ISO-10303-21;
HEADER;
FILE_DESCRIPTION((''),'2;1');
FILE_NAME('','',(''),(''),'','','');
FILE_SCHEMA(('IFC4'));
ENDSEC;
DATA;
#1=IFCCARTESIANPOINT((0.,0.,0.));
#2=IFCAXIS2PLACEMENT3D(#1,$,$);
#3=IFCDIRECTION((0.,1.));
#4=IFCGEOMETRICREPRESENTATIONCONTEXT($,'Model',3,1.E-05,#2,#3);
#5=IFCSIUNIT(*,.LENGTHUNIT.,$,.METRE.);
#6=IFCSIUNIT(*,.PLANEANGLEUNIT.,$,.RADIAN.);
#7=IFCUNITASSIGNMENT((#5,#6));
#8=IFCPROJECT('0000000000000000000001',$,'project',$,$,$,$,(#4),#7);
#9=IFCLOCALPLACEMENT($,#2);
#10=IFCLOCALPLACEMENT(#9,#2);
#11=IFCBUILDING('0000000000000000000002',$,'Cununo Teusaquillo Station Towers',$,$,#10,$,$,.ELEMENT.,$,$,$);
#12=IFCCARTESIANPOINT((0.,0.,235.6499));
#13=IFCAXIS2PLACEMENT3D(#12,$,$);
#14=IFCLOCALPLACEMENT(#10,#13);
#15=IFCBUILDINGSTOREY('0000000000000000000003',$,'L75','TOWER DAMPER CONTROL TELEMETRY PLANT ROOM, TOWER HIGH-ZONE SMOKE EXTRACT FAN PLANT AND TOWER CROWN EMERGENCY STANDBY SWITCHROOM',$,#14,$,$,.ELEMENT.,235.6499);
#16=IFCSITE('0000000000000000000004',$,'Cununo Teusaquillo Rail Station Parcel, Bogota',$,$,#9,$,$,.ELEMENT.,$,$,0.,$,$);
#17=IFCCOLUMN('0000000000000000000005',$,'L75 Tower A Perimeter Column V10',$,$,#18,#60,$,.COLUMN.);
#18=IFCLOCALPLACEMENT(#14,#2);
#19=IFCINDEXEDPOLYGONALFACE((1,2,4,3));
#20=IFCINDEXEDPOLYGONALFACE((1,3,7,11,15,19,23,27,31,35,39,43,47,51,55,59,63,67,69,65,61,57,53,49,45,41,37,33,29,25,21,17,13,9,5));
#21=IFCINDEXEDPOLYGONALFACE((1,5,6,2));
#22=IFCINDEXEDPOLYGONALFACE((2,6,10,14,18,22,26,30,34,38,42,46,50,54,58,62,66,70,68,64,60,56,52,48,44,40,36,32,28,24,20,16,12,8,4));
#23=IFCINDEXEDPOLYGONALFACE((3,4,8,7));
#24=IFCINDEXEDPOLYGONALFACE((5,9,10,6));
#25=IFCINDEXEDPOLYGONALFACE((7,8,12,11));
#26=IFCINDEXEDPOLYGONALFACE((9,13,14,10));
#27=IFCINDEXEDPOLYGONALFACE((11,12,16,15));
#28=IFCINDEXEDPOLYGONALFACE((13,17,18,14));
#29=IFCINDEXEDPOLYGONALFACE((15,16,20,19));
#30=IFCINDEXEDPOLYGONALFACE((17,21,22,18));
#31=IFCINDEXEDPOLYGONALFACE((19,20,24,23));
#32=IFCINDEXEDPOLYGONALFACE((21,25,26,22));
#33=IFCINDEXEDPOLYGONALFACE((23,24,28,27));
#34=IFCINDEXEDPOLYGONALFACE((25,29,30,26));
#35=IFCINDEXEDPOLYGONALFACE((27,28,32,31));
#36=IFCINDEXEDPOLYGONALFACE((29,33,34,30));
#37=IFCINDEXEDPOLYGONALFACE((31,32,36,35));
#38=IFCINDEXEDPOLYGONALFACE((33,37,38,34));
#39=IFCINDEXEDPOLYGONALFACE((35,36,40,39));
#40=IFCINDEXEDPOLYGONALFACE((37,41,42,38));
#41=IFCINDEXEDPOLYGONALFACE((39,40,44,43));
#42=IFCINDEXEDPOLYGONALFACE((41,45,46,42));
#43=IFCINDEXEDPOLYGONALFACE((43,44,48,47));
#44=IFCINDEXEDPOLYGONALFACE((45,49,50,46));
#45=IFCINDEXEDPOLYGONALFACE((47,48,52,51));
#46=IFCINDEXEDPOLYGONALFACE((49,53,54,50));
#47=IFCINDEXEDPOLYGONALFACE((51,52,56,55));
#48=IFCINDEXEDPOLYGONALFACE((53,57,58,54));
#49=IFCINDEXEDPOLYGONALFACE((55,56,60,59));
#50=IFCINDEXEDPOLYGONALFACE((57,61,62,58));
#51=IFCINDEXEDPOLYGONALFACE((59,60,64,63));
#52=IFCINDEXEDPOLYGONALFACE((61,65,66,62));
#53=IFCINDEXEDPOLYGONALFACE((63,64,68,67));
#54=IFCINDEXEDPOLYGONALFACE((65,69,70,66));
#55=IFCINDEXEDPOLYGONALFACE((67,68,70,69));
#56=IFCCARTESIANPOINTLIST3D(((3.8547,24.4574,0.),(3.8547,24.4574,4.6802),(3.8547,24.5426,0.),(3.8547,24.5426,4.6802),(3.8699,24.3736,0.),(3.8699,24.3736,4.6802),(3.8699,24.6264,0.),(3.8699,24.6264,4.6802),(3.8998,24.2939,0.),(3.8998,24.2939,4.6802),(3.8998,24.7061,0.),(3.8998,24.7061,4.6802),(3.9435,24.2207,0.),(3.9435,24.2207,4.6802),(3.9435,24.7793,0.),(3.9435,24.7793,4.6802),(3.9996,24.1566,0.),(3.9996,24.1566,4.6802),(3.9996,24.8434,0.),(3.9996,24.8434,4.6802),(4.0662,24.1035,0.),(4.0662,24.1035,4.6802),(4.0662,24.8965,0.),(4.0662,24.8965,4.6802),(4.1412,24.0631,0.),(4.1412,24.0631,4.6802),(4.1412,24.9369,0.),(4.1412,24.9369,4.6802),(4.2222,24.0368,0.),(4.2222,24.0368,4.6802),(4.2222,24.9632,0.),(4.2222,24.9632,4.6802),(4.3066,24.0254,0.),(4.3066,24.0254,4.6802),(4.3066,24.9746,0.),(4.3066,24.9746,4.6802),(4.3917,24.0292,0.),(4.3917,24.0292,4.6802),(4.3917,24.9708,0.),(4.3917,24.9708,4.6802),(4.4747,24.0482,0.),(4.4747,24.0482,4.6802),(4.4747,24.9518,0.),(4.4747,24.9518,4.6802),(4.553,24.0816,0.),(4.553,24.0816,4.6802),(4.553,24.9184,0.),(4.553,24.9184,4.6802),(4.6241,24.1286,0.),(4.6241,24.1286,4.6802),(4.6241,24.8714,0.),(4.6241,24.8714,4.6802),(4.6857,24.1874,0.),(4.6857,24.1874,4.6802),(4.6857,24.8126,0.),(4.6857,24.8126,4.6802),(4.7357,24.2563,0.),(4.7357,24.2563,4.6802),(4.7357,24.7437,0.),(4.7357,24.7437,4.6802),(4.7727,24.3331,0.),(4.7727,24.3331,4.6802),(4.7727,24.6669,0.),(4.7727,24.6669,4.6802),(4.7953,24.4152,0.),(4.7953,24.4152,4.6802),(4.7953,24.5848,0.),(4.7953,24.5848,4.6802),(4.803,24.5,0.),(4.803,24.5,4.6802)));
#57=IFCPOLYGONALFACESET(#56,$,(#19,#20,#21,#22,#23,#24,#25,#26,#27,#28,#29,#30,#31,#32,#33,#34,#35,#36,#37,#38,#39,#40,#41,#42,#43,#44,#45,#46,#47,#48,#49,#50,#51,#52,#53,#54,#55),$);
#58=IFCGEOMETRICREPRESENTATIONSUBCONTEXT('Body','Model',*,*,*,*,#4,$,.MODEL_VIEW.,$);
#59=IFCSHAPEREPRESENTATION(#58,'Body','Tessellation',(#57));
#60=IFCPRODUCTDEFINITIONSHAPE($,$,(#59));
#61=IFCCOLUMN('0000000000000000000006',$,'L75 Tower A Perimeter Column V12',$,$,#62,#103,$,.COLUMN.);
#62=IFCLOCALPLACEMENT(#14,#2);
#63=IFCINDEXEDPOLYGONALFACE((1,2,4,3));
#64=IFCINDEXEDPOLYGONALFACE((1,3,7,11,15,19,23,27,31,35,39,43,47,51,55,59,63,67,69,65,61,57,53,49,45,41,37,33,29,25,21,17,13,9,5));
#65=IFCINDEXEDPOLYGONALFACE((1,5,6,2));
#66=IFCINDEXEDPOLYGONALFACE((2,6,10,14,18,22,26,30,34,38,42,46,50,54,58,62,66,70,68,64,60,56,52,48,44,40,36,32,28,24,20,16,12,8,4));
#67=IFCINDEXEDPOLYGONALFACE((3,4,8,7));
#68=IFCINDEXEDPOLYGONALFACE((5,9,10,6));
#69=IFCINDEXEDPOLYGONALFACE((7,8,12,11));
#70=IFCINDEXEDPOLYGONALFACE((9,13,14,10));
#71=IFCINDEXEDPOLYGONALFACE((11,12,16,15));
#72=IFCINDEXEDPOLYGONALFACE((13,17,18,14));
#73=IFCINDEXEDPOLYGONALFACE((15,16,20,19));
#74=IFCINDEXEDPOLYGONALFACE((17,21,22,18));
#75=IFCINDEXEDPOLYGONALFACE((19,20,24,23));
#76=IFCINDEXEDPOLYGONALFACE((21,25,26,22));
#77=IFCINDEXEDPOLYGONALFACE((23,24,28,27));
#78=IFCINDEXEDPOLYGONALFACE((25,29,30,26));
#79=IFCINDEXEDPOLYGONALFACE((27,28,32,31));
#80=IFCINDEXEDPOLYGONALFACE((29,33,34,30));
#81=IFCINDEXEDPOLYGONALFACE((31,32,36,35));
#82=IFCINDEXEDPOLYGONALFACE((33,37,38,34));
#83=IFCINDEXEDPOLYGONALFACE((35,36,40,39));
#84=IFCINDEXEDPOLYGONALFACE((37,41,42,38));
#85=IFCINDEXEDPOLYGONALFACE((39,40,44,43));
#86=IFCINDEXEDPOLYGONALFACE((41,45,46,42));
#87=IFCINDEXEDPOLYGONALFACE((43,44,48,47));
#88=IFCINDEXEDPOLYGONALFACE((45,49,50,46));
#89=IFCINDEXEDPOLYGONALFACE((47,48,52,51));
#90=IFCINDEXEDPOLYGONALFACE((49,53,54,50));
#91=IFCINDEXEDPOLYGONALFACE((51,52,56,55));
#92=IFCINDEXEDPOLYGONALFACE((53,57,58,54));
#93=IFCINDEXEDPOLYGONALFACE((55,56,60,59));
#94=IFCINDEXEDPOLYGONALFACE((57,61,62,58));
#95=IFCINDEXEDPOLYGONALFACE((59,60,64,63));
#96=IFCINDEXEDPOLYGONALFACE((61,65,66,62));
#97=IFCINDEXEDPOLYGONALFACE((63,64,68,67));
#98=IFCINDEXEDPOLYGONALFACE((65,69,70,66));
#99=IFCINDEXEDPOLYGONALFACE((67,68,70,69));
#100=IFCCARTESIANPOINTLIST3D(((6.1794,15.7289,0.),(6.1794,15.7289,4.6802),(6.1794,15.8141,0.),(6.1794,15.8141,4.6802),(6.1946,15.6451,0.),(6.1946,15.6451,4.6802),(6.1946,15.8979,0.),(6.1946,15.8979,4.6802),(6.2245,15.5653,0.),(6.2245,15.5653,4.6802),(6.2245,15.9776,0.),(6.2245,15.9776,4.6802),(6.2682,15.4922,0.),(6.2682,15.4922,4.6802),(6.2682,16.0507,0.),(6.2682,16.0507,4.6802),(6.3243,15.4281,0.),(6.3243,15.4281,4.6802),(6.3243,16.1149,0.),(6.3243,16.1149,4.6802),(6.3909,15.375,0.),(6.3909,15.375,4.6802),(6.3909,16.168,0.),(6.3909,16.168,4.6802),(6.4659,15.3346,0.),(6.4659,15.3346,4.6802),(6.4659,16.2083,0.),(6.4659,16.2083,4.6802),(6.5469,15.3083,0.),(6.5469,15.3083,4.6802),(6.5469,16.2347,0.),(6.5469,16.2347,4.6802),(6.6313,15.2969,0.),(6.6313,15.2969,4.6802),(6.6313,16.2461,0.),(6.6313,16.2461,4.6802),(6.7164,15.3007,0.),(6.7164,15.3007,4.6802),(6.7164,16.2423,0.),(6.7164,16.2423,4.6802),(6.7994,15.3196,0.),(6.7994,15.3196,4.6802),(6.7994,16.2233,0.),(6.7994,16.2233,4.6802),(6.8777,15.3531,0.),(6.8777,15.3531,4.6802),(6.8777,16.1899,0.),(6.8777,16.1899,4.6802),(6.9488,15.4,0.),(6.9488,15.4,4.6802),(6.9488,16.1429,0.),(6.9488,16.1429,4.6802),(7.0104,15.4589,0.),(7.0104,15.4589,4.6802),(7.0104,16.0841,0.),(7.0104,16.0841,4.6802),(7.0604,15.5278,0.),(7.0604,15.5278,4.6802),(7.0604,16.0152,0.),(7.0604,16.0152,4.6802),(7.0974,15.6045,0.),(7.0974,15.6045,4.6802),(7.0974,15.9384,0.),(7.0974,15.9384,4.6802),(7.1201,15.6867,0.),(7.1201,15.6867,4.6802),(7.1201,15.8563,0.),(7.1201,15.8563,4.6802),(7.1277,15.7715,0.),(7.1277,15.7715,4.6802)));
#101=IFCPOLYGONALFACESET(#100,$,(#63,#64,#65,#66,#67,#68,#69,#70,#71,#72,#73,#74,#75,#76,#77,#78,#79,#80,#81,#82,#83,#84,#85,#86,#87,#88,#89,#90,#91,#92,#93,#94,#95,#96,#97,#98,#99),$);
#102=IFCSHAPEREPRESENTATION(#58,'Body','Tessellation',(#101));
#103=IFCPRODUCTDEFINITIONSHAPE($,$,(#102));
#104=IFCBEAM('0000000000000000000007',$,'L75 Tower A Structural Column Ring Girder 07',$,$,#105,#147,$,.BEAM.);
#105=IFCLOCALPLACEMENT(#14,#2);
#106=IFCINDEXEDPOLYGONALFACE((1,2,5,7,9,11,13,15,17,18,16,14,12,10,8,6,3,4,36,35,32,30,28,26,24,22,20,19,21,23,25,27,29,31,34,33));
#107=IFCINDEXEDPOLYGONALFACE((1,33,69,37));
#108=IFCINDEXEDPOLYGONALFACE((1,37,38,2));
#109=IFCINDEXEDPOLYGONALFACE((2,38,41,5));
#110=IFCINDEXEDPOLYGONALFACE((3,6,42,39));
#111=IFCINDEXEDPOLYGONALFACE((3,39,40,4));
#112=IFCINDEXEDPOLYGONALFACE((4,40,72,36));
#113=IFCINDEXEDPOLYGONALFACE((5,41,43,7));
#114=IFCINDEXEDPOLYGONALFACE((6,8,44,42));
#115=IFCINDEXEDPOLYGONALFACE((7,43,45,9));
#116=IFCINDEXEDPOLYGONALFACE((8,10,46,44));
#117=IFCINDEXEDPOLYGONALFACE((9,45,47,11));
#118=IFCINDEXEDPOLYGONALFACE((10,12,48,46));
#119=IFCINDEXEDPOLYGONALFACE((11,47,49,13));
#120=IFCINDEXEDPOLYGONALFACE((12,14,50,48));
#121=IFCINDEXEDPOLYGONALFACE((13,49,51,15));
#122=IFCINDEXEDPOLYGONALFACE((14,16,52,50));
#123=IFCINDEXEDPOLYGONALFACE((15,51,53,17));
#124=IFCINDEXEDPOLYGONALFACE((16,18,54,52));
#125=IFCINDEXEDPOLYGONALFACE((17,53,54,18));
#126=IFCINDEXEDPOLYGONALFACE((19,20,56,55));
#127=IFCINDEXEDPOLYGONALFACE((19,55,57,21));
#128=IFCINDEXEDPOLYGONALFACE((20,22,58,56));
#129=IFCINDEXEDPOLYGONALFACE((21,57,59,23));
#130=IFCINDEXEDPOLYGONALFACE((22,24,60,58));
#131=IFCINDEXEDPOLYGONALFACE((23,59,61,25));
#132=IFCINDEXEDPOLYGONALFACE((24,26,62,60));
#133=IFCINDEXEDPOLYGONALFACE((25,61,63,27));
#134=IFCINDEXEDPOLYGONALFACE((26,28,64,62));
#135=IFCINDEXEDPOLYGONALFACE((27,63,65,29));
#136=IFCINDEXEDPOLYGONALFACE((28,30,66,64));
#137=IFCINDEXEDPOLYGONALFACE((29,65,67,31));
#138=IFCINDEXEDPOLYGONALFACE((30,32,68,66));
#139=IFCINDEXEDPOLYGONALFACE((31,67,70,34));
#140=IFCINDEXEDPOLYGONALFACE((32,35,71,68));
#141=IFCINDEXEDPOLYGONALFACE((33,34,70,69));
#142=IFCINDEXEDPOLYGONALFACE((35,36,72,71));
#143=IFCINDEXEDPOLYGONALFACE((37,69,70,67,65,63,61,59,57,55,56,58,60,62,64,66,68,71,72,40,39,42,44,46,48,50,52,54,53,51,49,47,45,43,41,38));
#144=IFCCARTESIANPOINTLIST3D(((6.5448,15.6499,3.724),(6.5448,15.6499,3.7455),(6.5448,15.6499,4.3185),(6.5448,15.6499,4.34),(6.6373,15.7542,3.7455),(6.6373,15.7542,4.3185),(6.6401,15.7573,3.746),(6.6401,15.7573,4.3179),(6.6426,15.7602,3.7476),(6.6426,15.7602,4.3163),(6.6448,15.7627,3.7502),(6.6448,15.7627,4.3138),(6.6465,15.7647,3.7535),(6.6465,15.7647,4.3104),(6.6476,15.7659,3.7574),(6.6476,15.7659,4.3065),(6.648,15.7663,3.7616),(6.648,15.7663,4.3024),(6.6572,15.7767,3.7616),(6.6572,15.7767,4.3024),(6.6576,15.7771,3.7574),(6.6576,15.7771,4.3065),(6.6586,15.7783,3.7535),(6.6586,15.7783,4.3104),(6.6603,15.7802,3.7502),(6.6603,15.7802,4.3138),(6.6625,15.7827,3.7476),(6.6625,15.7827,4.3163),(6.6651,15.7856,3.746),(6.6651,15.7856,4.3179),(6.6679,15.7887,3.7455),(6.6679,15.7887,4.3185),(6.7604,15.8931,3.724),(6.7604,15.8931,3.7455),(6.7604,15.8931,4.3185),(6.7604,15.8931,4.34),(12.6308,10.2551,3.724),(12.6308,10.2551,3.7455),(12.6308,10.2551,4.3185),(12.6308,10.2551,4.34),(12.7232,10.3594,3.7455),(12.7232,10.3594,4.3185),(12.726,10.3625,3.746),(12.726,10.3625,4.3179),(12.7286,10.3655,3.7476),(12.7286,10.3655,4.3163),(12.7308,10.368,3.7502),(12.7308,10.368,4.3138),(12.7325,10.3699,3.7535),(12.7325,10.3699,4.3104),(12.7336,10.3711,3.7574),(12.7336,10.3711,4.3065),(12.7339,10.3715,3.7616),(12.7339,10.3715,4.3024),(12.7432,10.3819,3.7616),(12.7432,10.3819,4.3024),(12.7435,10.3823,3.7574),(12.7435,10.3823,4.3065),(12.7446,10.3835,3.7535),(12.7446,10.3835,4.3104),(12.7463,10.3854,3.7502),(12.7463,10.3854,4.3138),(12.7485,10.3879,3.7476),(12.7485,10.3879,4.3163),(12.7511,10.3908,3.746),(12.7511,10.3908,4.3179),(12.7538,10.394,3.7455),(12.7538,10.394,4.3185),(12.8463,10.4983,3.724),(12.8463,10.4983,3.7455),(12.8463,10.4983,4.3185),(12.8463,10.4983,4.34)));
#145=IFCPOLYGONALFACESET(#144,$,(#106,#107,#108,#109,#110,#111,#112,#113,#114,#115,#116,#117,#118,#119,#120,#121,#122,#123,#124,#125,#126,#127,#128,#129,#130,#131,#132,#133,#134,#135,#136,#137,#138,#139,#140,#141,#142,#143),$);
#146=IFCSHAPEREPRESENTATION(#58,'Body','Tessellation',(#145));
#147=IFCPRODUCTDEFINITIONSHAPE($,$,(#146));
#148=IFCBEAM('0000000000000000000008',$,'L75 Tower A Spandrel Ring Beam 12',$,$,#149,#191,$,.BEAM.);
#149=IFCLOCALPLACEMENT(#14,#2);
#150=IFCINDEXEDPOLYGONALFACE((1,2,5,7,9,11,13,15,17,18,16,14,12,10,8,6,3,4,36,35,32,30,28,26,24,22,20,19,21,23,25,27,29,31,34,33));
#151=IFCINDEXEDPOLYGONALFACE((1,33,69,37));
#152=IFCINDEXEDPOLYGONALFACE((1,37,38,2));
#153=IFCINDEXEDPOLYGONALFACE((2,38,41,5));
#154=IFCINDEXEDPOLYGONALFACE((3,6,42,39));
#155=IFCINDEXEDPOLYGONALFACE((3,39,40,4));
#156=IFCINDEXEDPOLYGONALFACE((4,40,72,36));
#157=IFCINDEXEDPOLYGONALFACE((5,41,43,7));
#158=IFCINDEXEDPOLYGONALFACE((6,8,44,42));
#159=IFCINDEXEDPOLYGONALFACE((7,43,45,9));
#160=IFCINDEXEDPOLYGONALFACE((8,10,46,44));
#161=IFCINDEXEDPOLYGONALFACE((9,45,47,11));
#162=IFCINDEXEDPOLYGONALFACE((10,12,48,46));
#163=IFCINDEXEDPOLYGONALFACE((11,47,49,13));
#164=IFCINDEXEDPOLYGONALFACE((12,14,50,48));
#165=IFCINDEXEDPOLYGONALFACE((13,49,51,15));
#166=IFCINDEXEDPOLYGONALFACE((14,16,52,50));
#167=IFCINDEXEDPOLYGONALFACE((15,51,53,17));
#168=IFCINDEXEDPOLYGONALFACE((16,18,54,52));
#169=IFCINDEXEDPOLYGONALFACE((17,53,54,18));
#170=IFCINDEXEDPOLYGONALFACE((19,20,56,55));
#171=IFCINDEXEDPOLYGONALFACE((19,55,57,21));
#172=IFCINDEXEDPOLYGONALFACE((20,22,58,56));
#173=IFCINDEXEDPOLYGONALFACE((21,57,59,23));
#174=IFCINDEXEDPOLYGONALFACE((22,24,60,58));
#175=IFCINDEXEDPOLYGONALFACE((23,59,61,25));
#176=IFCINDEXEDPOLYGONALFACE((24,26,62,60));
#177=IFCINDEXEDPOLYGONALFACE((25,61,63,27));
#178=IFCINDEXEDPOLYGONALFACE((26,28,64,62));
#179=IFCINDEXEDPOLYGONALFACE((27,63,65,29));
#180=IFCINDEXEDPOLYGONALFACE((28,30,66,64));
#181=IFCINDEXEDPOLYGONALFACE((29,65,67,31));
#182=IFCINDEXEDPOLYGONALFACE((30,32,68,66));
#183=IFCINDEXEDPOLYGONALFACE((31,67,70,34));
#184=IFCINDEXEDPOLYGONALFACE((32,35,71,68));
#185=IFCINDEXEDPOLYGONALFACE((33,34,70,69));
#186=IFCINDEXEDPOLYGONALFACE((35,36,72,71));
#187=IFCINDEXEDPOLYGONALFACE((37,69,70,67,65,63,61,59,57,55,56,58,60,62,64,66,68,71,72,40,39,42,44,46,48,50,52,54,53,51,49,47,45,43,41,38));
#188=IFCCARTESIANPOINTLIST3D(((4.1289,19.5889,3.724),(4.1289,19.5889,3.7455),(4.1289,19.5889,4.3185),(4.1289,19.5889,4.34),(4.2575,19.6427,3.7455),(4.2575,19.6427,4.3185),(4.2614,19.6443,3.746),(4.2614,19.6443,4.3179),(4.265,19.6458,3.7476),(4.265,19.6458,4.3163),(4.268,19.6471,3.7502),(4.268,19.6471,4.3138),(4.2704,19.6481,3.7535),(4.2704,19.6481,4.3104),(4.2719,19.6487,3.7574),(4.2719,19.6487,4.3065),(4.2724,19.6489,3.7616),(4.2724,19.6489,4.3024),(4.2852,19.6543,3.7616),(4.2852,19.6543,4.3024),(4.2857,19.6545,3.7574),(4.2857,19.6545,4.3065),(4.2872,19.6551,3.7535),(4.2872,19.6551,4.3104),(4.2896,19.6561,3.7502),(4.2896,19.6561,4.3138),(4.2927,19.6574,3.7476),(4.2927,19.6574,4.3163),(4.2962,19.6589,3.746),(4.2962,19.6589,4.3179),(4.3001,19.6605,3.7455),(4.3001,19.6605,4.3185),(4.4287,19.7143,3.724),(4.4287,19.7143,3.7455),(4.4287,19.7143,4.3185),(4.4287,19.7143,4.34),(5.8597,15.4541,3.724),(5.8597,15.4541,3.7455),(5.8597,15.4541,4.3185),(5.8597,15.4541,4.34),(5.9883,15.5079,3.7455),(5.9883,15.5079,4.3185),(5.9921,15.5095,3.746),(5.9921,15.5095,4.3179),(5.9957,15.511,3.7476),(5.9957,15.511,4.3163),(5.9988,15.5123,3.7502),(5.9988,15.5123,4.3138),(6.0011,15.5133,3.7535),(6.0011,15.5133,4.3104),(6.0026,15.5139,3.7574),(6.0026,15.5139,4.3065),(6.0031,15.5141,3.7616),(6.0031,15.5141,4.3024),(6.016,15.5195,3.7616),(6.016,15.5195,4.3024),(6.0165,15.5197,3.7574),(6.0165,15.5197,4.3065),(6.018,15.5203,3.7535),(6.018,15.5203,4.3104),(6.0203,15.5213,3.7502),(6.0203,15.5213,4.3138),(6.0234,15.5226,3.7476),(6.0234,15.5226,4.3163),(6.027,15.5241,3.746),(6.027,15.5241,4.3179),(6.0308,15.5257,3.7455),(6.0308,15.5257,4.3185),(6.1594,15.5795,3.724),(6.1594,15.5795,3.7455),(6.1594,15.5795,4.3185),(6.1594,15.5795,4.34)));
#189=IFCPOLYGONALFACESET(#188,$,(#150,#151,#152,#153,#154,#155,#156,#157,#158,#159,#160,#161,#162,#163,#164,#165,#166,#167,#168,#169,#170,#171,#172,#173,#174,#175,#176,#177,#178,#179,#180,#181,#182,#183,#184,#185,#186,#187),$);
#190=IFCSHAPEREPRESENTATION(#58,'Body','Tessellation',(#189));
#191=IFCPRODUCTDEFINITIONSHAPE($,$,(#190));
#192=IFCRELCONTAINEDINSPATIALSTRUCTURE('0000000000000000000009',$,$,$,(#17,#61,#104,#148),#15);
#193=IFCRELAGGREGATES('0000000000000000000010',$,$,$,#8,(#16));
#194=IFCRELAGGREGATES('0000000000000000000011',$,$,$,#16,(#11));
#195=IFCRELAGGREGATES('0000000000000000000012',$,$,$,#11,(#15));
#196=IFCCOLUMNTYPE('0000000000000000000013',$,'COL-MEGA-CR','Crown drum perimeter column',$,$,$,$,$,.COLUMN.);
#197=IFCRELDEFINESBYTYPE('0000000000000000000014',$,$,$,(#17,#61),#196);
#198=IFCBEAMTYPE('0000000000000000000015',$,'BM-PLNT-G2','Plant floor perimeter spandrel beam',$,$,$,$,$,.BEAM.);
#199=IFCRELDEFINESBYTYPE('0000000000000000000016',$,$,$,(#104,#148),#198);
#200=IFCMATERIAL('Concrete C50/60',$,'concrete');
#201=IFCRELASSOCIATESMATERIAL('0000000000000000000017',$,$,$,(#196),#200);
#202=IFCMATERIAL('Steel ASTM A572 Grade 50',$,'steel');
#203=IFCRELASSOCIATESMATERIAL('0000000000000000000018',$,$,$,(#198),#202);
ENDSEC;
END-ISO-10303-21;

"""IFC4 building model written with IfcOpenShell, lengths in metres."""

from ifc_helpers import new_model, si_unit, direction, frame, origin, origin_2d, place, context, subcontext, project, spatial, circle, i_section, extrude, material, material_profile, profile_set, type_object, element, save


model = new_model("IFC4")

# Units and contexts
model_context = context("Model", 3, precision=1e-05, world=origin(), true_north=direction((0.0, 1.0)))
body_context = subcontext(model_context, "Body", "Model", "MODEL_VIEW")
ifc_project = project(units=[si_unit("LENGTHUNIT", "METRE"), si_unit("PLANEANGLEUNIT", "RADIAN")], contexts=[model_context])

# Site, building, storey
site_placement = place(None, origin())
site = spatial("IfcSite", under=ifc_project, at=site_placement, Name="Cununo Teusaquillo Rail Station Parcel, Bogota", CompositionType="ELEMENT", RefElevation=0.0)
building_placement = place(site_placement, origin())
building = spatial("IfcBuilding", under=site, at=building_placement, Name="Cununo Teusaquillo Station Towers", CompositionType="ELEMENT")
storey_placement = place(building_placement, frame((0.0, 0.0, 235.6499)))
storey = spatial("IfcBuildingStorey", under=building, at=storey_placement, Name="L75", Description="TOWER DAMPER CONTROL TELEMETRY PLANT ROOM, TOWER HIGH-ZONE SMOKE EXTRACT FAN PLANT AND TOWER CROWN EMERGENCY STANDBY SWITCHROOM", CompositionType="ELEMENT", Elevation=235.6499)

# Columns
ifc_material_1 = material(Name="Concrete C50/60", Category="concrete")
ifc_material_profile_1 = material_profile(ifc_material_1, circle(Radius=0.4751, at=origin_2d()), Name="RC-CIRC-950")
ifc_profile_set_1 = profile_set([ifc_material_profile_1], Name="Concrete C50/60")
column_type = type_object("IfcColumnType", Name="COL-MEGA-CR", Description="Crown drum perimeter column", PredefinedType="COLUMN", material=ifc_profile_set_1)
for number, where, z_axis, x_axis, name in (
    (1, (4.3279, 24.5, 0.0), (0.0, 0.0, 1.0), (1.0, 0.0, 0.0), "L75 Tower A Perimeter Column V10"),
    (2, (6.6526, 15.7715, 0.0), (0.0, 0.0, 1.0), (1.0, 0.0, 0.0), "L75 Tower A Perimeter Column V12"),
):
    element("IfcColumn", number, at=place(storey_placement, frame(where, z_axis=z_axis, x_axis=x_axis)), inside=storey, type_object=column_type, Name=name, PredefinedType="COLUMN", context=body_context, shape_type="SweptSolid", body=[
        extrude(circle(Radius=0.4751, at=origin_2d()), origin(), (0.0, 0.0, 1.0), 4.6802),
    ])

# Beams
ifc_material_2 = material(Name="Steel ASTM A572 Grade 50", Category="steel")
ifc_material_profile_2 = material_profile(ifc_material_2, i_section(OverallWidth=0.325, OverallDepth=0.616, WebThickness=0.0139, FlangeThickness=0.0215, FilletRadius=0.0161, at=origin_2d()), Name="W24X117")
ifc_profile_set_2 = profile_set([ifc_material_profile_2], Name="Steel ASTM A572 Grade 50")
beam_type = type_object("IfcBeamType", Name="BM-PLNT-G2", Description="Plant floor perimeter spandrel beam", PredefinedType="BEAM", material=ifc_profile_set_2)
beam_1_placement = place(storey_placement, frame((6.6526, 15.7715, 4.032), z_axis=(0.748321, -0.663337, 0.0), x_axis=(0.663337, 0.748321, 0.0)))
element("IfcBeam", 3, at=beam_1_placement, inside=storey, type_object=beam_type, Name="L75 Tower A Structural Column Ring Girder 07", PredefinedType="BEAM", context=body_context, shape_type="SweptSolid", body=[
    extrude(i_section(OverallWidth=0.325, OverallDepth=0.616, WebThickness=0.0139, FlangeThickness=0.0215, FilletRadius=0.0161, at=origin_2d()), origin(), (0.0, 0.0, 1.0), 8.1328),
])
beam_2_placement = place(storey_placement, frame((4.2788, 19.6516, 4.032), z_axis=(0.386115, -0.92245, 0.0), x_axis=(0.92245, 0.386115, 0.0)))
element("IfcBeam", 4, at=beam_2_placement, inside=storey, type_object=beam_type, Name="L75 Tower A Spandrel Ring Beam 12", PredefinedType="BEAM", context=body_context, shape_type="SweptSolid", body=[
    extrude(i_section(OverallWidth=0.325, OverallDepth=0.616, WebThickness=0.0139, FlangeThickness=0.0215, FilletRadius=0.0161, at=origin_2d()), origin(), (0.0, 0.0, 1.0), 4.4824),
])

save(model, "model.ifc")
